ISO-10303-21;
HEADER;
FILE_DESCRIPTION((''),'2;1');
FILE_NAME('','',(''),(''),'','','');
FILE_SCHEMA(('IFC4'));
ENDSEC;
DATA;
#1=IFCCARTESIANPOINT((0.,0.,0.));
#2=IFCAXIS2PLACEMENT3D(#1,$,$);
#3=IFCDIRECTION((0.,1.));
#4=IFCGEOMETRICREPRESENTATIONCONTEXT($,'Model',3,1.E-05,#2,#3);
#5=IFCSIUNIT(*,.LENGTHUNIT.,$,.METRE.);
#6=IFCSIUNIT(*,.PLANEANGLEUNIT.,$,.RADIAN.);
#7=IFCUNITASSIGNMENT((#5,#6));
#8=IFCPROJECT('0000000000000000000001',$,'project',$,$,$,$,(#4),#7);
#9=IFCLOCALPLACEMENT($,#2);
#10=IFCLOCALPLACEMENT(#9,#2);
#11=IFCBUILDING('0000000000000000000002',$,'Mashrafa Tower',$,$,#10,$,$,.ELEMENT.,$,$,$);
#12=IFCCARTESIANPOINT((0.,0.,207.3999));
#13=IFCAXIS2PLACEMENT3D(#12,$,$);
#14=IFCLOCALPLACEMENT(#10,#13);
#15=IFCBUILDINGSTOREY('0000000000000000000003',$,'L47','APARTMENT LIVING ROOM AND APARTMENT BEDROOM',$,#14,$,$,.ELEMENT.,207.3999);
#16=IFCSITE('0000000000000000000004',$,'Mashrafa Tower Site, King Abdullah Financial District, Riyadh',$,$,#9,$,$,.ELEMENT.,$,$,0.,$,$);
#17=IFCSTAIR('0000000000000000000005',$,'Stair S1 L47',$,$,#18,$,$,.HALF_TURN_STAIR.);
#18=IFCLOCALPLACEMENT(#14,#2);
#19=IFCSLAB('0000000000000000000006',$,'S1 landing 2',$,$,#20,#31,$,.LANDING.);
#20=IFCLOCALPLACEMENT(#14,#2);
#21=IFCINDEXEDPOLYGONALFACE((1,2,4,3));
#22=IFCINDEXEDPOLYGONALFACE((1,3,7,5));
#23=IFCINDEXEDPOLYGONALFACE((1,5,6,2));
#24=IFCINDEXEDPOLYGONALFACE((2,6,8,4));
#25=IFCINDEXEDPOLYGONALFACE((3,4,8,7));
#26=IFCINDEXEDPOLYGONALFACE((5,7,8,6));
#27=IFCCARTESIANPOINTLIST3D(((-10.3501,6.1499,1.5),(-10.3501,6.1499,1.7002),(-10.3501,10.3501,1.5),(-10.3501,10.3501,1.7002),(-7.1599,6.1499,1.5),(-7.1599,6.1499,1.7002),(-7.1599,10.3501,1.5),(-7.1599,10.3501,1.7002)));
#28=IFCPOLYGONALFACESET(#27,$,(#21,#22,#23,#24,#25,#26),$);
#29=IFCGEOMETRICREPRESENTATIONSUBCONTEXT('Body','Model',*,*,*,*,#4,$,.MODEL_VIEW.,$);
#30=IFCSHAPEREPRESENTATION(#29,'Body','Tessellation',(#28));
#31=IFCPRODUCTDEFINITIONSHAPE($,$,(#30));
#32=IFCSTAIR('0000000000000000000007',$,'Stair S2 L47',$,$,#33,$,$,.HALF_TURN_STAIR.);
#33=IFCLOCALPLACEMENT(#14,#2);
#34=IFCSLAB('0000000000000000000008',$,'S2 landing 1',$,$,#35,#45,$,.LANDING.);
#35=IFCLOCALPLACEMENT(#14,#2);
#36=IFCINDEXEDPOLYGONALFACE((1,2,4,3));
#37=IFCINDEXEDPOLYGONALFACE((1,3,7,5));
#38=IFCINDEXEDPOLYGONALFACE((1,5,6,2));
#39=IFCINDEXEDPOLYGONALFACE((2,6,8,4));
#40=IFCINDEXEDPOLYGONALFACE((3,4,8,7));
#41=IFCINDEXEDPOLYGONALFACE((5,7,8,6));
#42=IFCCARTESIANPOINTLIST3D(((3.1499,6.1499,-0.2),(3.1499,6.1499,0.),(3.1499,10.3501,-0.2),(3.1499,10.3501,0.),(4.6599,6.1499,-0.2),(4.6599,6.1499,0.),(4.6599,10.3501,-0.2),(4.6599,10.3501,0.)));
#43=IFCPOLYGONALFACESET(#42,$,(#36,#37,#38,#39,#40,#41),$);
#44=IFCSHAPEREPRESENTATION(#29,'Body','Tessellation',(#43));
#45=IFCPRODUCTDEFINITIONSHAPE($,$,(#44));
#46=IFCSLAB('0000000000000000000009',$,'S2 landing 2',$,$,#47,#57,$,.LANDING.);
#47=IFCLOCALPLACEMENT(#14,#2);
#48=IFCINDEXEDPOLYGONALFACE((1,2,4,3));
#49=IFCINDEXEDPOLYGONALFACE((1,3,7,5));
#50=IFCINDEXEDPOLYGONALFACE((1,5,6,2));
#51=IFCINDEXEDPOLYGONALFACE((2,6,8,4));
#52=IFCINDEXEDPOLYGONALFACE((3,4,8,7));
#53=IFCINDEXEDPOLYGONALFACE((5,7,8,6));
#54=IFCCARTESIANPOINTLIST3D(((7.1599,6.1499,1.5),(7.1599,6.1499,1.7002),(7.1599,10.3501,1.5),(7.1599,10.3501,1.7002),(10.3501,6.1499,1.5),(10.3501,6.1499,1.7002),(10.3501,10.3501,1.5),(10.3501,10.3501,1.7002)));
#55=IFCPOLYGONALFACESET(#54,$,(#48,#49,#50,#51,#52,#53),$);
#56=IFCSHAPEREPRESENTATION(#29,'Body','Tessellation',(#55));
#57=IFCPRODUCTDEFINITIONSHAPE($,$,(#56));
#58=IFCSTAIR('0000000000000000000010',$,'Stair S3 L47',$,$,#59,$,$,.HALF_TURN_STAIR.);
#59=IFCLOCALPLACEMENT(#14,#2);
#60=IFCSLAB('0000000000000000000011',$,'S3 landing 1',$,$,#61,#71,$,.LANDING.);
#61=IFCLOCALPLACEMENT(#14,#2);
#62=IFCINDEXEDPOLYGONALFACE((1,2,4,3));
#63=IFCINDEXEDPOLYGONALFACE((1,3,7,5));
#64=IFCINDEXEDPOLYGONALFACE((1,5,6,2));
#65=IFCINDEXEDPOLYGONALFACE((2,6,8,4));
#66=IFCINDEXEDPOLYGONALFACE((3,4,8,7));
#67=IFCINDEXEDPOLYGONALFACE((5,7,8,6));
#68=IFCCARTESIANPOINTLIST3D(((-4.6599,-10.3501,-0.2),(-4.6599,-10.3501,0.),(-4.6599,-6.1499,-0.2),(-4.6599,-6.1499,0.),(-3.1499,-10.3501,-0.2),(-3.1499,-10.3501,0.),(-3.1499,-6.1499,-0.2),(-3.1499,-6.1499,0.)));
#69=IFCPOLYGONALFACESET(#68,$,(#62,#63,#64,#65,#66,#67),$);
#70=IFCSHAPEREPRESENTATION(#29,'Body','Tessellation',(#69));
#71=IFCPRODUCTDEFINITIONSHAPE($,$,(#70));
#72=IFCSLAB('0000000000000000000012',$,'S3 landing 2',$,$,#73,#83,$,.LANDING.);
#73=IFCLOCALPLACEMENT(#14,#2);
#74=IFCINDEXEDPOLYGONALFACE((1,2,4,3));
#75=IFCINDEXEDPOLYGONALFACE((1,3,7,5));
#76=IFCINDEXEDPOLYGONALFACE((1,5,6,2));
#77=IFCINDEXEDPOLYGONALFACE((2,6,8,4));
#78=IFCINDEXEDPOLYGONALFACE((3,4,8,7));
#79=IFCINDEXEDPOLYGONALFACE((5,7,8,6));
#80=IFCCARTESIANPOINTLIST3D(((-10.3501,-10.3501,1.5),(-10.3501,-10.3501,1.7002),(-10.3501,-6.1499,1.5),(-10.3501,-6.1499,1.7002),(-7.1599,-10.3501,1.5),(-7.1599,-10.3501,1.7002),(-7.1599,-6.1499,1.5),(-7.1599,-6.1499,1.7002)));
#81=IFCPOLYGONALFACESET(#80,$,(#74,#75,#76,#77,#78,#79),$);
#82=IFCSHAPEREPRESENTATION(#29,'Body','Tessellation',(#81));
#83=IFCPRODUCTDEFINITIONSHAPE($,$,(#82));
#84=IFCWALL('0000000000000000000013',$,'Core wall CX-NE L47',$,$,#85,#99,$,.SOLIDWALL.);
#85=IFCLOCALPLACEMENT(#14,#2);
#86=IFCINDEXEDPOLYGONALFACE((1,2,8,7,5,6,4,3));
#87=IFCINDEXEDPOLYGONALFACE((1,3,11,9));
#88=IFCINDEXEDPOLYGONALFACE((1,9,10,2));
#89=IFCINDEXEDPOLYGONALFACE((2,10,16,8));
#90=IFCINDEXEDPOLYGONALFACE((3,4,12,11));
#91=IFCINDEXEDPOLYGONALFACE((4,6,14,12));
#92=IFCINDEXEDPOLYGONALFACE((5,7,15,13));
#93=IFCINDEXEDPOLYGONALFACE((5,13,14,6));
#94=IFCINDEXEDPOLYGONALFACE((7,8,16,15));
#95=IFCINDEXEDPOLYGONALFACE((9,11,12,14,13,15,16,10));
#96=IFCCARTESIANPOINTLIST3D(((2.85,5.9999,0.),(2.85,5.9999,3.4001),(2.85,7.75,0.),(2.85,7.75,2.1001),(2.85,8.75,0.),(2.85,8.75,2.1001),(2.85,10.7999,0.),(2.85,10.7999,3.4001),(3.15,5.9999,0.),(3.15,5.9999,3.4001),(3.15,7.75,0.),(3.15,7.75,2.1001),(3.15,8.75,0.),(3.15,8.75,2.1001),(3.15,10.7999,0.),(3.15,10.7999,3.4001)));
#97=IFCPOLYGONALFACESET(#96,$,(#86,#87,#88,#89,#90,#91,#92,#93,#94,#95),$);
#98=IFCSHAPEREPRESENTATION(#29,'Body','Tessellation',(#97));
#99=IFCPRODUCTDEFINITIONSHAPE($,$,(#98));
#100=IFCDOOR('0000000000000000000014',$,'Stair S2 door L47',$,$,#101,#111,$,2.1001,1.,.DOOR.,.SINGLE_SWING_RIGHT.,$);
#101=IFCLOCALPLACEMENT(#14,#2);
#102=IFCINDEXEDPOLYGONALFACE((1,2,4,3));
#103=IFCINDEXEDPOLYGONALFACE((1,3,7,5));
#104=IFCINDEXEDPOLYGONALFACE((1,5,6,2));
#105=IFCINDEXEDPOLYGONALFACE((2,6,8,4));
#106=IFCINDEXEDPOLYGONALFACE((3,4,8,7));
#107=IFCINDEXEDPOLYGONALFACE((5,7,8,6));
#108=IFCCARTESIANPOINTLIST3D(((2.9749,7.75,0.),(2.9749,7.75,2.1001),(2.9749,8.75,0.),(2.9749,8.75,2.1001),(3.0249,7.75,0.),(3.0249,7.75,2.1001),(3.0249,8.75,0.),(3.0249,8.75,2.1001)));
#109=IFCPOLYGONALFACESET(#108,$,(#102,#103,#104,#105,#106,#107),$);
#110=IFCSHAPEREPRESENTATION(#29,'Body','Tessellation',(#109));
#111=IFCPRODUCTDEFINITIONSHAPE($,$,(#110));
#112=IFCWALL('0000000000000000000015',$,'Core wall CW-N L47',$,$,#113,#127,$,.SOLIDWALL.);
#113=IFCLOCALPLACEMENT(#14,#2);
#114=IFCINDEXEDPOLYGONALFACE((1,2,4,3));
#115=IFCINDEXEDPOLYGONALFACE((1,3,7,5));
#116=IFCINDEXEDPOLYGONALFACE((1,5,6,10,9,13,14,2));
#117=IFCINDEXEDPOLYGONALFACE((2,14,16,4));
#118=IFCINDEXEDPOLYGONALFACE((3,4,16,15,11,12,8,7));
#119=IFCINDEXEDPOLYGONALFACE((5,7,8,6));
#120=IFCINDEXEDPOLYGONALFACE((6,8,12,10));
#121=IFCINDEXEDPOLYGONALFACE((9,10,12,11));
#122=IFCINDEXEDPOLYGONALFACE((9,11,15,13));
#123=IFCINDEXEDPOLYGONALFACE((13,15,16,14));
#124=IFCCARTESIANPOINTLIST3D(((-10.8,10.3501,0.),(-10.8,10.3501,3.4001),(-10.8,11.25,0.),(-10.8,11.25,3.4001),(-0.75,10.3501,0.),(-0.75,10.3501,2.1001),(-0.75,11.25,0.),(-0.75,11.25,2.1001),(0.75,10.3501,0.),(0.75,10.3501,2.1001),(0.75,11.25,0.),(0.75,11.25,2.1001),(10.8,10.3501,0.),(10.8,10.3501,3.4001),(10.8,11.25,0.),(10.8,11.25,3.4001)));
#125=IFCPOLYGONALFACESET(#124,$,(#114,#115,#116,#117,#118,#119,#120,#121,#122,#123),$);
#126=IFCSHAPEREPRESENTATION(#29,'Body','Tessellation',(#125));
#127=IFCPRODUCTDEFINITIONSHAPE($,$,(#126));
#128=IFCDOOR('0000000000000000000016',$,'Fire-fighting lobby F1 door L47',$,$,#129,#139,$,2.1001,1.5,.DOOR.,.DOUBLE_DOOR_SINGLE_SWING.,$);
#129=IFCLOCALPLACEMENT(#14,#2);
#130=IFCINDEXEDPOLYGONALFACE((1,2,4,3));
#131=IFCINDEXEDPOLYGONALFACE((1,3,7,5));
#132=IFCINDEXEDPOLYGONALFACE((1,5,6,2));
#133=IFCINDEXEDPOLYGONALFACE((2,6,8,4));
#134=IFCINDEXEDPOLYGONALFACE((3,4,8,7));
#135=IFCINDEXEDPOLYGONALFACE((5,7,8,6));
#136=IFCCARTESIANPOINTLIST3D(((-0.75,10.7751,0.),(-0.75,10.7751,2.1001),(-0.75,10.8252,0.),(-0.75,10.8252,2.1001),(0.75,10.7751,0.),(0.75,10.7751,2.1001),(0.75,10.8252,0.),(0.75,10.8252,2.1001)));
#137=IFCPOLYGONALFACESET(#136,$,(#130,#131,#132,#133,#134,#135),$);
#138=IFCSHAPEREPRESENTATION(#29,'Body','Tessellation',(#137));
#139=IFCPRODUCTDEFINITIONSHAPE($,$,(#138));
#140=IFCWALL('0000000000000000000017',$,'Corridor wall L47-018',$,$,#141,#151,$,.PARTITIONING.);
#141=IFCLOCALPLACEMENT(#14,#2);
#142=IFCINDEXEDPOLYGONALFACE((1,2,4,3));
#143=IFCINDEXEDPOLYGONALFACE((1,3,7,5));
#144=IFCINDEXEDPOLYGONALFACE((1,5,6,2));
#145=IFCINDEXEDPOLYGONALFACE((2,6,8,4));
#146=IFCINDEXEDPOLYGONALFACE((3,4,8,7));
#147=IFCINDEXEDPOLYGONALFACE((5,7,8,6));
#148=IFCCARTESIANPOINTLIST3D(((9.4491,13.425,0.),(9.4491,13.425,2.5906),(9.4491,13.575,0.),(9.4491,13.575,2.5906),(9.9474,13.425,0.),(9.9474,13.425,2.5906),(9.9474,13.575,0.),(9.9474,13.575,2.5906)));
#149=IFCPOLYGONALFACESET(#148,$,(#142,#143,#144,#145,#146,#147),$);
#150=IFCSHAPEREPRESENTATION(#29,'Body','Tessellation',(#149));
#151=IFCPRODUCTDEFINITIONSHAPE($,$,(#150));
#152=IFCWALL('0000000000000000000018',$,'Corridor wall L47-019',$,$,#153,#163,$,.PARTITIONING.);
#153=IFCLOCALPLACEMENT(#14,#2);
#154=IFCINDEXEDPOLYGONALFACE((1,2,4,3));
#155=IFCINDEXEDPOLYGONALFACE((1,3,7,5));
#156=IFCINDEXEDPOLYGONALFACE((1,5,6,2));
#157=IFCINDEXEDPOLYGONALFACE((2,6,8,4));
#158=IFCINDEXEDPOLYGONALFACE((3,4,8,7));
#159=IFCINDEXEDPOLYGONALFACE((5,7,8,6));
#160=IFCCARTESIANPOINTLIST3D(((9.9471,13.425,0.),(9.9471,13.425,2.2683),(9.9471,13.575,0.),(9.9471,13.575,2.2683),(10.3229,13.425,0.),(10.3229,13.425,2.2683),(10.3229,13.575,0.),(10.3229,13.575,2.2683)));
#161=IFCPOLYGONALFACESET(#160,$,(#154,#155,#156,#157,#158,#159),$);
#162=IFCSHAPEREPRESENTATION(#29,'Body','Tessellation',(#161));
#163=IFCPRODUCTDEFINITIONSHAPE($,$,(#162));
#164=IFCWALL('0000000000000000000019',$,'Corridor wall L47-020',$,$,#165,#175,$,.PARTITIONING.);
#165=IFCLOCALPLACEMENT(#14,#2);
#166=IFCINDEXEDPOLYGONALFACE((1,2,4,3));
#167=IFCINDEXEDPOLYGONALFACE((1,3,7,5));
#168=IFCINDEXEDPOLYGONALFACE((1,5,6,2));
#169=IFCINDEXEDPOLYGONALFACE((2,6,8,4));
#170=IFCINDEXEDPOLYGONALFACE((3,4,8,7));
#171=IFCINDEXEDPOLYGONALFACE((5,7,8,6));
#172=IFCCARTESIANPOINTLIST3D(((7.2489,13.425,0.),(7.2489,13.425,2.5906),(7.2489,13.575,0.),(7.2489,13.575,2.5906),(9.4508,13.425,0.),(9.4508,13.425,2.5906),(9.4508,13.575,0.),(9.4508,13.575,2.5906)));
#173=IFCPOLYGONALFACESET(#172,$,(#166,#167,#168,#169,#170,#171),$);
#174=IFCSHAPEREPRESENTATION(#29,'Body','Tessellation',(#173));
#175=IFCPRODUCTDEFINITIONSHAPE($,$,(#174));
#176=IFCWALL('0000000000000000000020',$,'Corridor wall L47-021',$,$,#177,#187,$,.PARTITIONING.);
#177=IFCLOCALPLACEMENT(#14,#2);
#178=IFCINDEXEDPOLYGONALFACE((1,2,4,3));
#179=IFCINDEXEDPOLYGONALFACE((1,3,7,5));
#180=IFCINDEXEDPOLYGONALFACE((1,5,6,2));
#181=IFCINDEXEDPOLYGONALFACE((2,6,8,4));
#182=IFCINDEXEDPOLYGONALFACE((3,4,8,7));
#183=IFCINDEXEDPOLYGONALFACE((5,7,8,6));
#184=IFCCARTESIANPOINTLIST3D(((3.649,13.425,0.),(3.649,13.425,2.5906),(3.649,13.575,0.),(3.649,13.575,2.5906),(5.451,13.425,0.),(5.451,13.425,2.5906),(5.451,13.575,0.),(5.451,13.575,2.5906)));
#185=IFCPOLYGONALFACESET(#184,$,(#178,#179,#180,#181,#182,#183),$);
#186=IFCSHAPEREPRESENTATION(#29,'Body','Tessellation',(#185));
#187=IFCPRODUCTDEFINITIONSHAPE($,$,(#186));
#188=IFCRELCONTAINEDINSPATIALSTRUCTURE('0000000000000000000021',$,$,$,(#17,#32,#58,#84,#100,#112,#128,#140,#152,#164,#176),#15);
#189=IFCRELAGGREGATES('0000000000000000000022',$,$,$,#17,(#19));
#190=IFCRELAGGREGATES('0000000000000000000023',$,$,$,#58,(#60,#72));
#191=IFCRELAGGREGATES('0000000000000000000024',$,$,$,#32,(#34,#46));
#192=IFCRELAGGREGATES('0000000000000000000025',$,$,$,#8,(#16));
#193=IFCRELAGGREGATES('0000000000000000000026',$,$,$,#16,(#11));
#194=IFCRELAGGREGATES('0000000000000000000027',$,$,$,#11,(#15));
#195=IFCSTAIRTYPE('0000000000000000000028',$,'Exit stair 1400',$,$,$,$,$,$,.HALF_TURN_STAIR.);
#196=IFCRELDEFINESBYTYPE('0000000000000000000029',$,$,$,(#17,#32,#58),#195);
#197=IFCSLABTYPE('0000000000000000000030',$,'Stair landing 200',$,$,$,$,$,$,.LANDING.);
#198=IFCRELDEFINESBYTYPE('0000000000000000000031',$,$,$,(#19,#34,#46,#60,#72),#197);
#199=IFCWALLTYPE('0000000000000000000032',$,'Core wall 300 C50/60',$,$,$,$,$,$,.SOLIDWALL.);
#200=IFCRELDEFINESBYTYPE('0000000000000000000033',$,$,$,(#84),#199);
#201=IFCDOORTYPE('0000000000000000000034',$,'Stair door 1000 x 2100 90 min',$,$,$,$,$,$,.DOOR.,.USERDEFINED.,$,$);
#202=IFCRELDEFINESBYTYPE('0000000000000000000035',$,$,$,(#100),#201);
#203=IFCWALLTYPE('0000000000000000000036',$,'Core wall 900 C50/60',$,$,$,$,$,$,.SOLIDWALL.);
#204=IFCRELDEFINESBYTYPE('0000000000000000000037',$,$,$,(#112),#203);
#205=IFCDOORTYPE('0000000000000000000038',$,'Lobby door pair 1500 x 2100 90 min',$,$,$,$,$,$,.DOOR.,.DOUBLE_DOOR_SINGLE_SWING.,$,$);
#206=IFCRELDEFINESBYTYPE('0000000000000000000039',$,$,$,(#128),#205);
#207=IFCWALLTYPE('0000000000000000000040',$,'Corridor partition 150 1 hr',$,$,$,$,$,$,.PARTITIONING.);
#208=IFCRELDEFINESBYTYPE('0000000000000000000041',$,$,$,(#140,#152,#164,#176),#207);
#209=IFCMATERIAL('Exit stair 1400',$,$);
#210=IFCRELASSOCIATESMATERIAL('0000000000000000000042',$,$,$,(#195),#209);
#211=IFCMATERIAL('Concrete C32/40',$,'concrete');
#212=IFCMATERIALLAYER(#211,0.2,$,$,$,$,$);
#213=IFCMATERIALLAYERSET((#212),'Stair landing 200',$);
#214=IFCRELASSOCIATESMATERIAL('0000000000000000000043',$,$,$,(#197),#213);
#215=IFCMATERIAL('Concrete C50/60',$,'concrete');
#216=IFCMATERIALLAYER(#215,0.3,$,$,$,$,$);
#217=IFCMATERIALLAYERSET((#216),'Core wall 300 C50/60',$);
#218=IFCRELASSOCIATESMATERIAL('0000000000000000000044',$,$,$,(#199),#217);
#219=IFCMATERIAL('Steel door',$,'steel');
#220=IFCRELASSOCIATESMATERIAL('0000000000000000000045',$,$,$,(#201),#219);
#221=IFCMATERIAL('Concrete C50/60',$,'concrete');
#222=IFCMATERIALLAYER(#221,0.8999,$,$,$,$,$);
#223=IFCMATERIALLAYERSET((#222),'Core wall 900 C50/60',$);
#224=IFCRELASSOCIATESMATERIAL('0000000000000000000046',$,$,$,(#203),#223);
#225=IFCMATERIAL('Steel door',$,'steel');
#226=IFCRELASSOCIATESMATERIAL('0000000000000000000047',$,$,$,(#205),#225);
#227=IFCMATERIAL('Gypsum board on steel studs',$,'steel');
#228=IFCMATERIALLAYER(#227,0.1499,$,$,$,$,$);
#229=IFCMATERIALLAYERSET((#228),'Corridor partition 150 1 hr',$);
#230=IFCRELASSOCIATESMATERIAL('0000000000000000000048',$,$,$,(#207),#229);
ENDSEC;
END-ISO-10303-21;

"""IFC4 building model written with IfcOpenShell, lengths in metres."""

from ifc_helpers import new_model, si_unit, direction, frame, frame_2d, origin, place, context, subcontext, project, spatial, polyline, rectangle, outline, extrude, material, layer, layer_set, type_object, element, fill, aggregate, save


model = new_model("IFC4")

# Units and contexts
model_context = context("Model", 3, precision=1e-05, world=origin(), true_north=direction((0.0, 1.0)))
body_context = subcontext(model_context, "Body", "Model", "MODEL_VIEW")
ifc_project = project(units=[si_unit("LENGTHUNIT", "METRE"), si_unit("PLANEANGLEUNIT", "RADIAN")], contexts=[model_context])

# Site, building, storey
site_placement = place(None, origin())
site = spatial("IfcSite", under=ifc_project, at=site_placement, Name="Mashrafa Tower Site, King Abdullah Financial District, Riyadh", CompositionType="ELEMENT", RefElevation=0.0)
building_placement = place(site_placement, origin())
building = spatial("IfcBuilding", under=site, at=building_placement, Name="Mashrafa Tower", CompositionType="ELEMENT")
storey_placement = place(building_placement, frame((0.0, 0.0, 207.3999)))
storey = spatial("IfcBuildingStorey", under=building, at=storey_placement, Name="L47", Description="APARTMENT LIVING ROOM AND APARTMENT BEDROOM", CompositionType="ELEMENT", Elevation=207.3999)

# Stair, slab
ifc_material_1 = material(Name="Exit stair 1400")
stair_type = type_object("IfcStairType", Name="Exit stair 1400", PredefinedType="HALF_TURN_STAIR", material=ifc_material_1)
stair_1_placement = place(storey_placement, origin())
stair_1 = element("IfcStair", 1, at=stair_1_placement, inside=storey, type_object=stair_type, Name="Stair S1 L47", PredefinedType="HALF_TURN_STAIR")
ifc_material_2 = material(Name="Concrete C32/40", Category="concrete")
ifc_layer_1 = layer(ifc_material_2, 0.2)
ifc_layer_set_1 = layer_set([ifc_layer_1], Name="Stair landing 200")
slab_type = type_object("IfcSlabType", Name="Stair landing 200", PredefinedType="LANDING", material=ifc_layer_set_1)
slab_1_placement = place(storey_placement, frame((0.0, 0.0, 1.5)))
slab_1 = element("IfcSlab", 2, at=slab_1_placement, type_object=slab_type, Name="S1 landing 2", PredefinedType="LANDING", context=body_context, shape_type="SweptSolid", body=[
    extrude(outline(polyline([(-10.3501, 6.1499), (-7.1599, 6.1499), (-7.1599, 10.3501), (-10.3501, 10.3501), (-10.3501, 6.1499)])), origin(), (0.0, 0.0, 1.0), 0.2002),
])
aggregate(stair_1, [slab_1])

# Stairs, slabs
stair_2_placement = place(storey_placement, origin())
stair_2 = element("IfcStair", 3, at=stair_2_placement, inside=storey, type_object=stair_type, Name="Stair S2 L47", PredefinedType="HALF_TURN_STAIR")
slab_2_placement = place(storey_placement, frame((0.0, 0.0, -0.2)))
slab_2 = element("IfcSlab", 4, at=slab_2_placement, type_object=slab_type, Name="S2 landing 1", PredefinedType="LANDING", context=body_context, shape_type="SweptSolid", body=[
    extrude(outline(polyline([(3.1499, 6.1499), (4.6599, 6.1499), (4.6599, 10.3501), (3.1499, 10.3501), (3.1499, 6.1499)])), origin(), (0.0, 0.0, 1.0), 0.2),
])
slab_3_placement = place(storey_placement, frame((0.0, 0.0, 1.5)))
slab_3 = element("IfcSlab", 5, at=slab_3_placement, type_object=slab_type, Name="S2 landing 2", PredefinedType="LANDING", context=body_context, shape_type="SweptSolid", body=[
    extrude(outline(polyline([(7.1599, 6.1499), (10.3501, 6.1499), (10.3501, 10.3501), (7.1599, 10.3501), (7.1599, 6.1499)])), origin(), (0.0, 0.0, 1.0), 0.2002),
])
stair_3_placement = place(storey_placement, origin())
stair_3 = element("IfcStair", 6, at=stair_3_placement, inside=storey, type_object=stair_type, Name="Stair S3 L47", PredefinedType="HALF_TURN_STAIR")
slab_4_placement = place(storey_placement, frame((0.0, 0.0, -0.2)))
slab_4 = element("IfcSlab", 7, at=slab_4_placement, type_object=slab_type, Name="S3 landing 1", PredefinedType="LANDING", context=body_context, shape_type="SweptSolid", body=[
    extrude(outline(polyline([(-4.6599, -10.3501), (-3.1499, -10.3501), (-3.1499, -6.1499), (-4.6599, -6.1499), (-4.6599, -10.3501)])), origin(), (0.0, 0.0, 1.0), 0.2),
])
slab_5_placement = place(storey_placement, frame((0.0, 0.0, 1.5)))
slab_5 = element("IfcSlab", 8, at=slab_5_placement, type_object=slab_type, Name="S3 landing 2", PredefinedType="LANDING", context=body_context, shape_type="SweptSolid", body=[
    extrude(outline(polyline([(-10.3501, -10.3501), (-7.1599, -10.3501), (-7.1599, -6.1499), (-10.3501, -6.1499), (-10.3501, -10.3501)])), origin(), (0.0, 0.0, 1.0), 0.2002),
])
aggregate(stair_3, [slab_4, slab_5])

# Walls, openings, doors
ifc_material_3 = material(Name="Concrete C50/60", Category="concrete")
ifc_layer_2 = layer(ifc_material_3, 0.3)
ifc_layer_set_2 = layer_set([ifc_layer_2], Name="Core wall 300 C50/60")
wall_type_1 = type_object("IfcWallType", Name="Core wall 300 C50/60", PredefinedType="SOLIDWALL", material=ifc_layer_set_2)
wall_1_placement = place(storey_placement, frame((3.0, 6.0, 0.0), z_axis=(0.0, 0.0, 1.0), x_axis=(0.0, 1.0, 0.0)))
wall_1 = element("IfcWall", 9, at=wall_1_placement, inside=storey, type_object=wall_type_1, Name="Core wall CX-NE L47", PredefinedType="SOLIDWALL", context=body_context, shape_type="SweptSolid", body=[
    extrude(rectangle(XDim=4.8, YDim=0.3, at=frame_2d((2.3999, 0.0))), origin(), (0.0, 0.0, 1.0), 3.4001),
])
opening_1_placement = place(wall_1_placement, frame((1.75, 0.0, 0.0)))
opening_1 = element("IfcOpeningElement", 10, at=opening_1_placement, cuts=wall_1, PredefinedType="OPENING", context=body_context, shape_type="SweptSolid", body=[
    extrude(rectangle(XDim=1.0, YDim=2.1001, at=frame_2d((0.5, 1.05))), frame((0.0, 0.1599, 0.0), z_axis=(0.0, -1.0, 0.0), x_axis=(1.0, 0.0, 0.0)), (0.0, 0.0, 1.0), 0.3201),
])
ifc_material_4 = material(Name="Steel door", Category="steel")
door_type_1 = type_object("IfcDoorType", Name="Stair door 1000 x 2100 90 min", OperationType="USERDEFINED", PredefinedType="DOOR", material=ifc_material_4)
door_1_placement = place(opening_1_placement, frame((1.0, 0.0, 0.0), z_axis=(0.0, 0.0, 1.0), x_axis=(-1.0, 0.0, 0.0)))
door_1 = element("IfcDoor", 11, at=door_1_placement, inside=storey, type_object=door_type_1, Name="Stair S2 door L47", OperationType="SINGLE_SWING_RIGHT", OverallHeight=2.1001, OverallWidth=1.0, PredefinedType="DOOR", context=body_context, shape_type="SweptSolid", body=[
    extrude(rectangle(XDim=1.0, YDim=2.1001, at=frame_2d((0.5, 1.05))), frame((0.0, 0.0249, 0.0), z_axis=(0.0, -1.0, 0.0), x_axis=(1.0, 0.0, 0.0)), (0.0, 0.0, 1.0), 0.05),
])
fill(opening_1, door_1)
ifc_material_5 = material(Name="Concrete C50/60", Category="concrete")
ifc_layer_3 = layer(ifc_material_5, 0.8999)
ifc_layer_set_3 = layer_set([ifc_layer_3], Name="Core wall 900 C50/60")
wall_type_2 = type_object("IfcWallType", Name="Core wall 900 C50/60", PredefinedType="SOLIDWALL", material=ifc_layer_set_3)
wall_2_placement = place(storey_placement, frame((10.8, 10.8, 0.0), z_axis=(0.0, 0.0, 1.0), x_axis=(-1.0, 0.0, 0.0)))
wall_2 = element("IfcWall", 12, at=wall_2_placement, inside=storey, type_object=wall_type_2, Name="Core wall CW-N L47", PredefinedType="SOLIDWALL", context=body_context, shape_type="SweptSolid", body=[
    extrude(rectangle(XDim=21.6001, YDim=0.8999, at=frame_2d((10.8, 0.0))), origin(), (0.0, 0.0, 1.0), 3.4001),
])
opening_2_placement = place(wall_2_placement, frame((10.05, 0.0, 0.0)))
opening_2 = element("IfcOpeningElement", 13, at=opening_2_placement, cuts=wall_2, PredefinedType="OPENING", context=body_context, shape_type="SweptSolid", body=[
    extrude(rectangle(XDim=1.5, YDim=2.1001, at=frame_2d((0.75, 1.05))), frame((0.0, 0.46, 0.0), z_axis=(0.0, -1.0, 0.0), x_axis=(1.0, 0.0, 0.0)), (0.0, 0.0, 1.0), 0.9199),
])
ifc_material_6 = material(Name="Steel door", Category="steel")
door_type_2 = type_object("IfcDoorType", Name="Lobby door pair 1500 x 2100 90 min", OperationType="DOUBLE_DOOR_SINGLE_SWING", PredefinedType="DOOR", material=ifc_material_6)
door_2_placement = place(opening_2_placement, origin())
door_2 = element("IfcDoor", 14, at=door_2_placement, inside=storey, type_object=door_type_2, Name="Fire-fighting lobby F1 door L47", OperationType="DOUBLE_DOOR_SINGLE_SWING", OverallHeight=2.1001, OverallWidth=1.5, PredefinedType="DOOR", context=body_context, shape_type="SweptSolid", body=[
    extrude(rectangle(XDim=1.5, YDim=2.1001, at=frame_2d((0.75, 1.05))), frame((0.0, 0.0249, 0.0), z_axis=(0.0, -1.0, 0.0), x_axis=(1.0, 0.0, 0.0)), (0.0, 0.0, 1.0), 0.05),
])
fill(opening_2, door_2)

# Walls
ifc_material_7 = material(Name="Gypsum board on steel studs", Category="steel")
ifc_layer_4 = layer(ifc_material_7, 0.1499)
ifc_layer_set_4 = layer_set([ifc_layer_4], Name="Corridor partition 150 1 hr")
wall_type_3 = type_object("IfcWallType", Name="Corridor partition 150 1 hr", PredefinedType="PARTITIONING", material=ifc_layer_set_4)
wall_3_placement = place(storey_placement, frame((9.9473, 13.5, 0.0), z_axis=(0.0, 0.0, 1.0), x_axis=(-1.0, 0.0, 0.0)))
element("IfcWall", 15, at=wall_3_placement, inside=storey, type_object=wall_type_3, Name="Corridor wall L47-018", PredefinedType="PARTITIONING", context=body_context, shape_type="SweptSolid", body=[
    extrude(rectangle(XDim=0.4983, YDim=0.1499, at=frame_2d((0.249, 0.0))), origin(), (0.0, 0.0, 1.0), 2.5906),
])
wall_4_placement = place(storey_placement, frame((10.323, 13.5, 0.0), z_axis=(0.0, 0.0, 1.0), x_axis=(-1.0, 0.0, 0.0)))
element("IfcWall", 16, at=wall_4_placement, inside=storey, type_object=wall_type_3, Name="Corridor wall L47-019", PredefinedType="PARTITIONING", context=body_context, shape_type="SweptSolid", body=[
    extrude(rectangle(XDim=0.3757, YDim=0.1499, at=frame_2d((0.188, 0.0))), origin(), (0.0, 0.0, 1.0), 2.2683),
])
wall_5_placement = place(storey_placement, frame((9.4509, 13.5, 0.0), z_axis=(0.0, 0.0, 1.0), x_axis=(-1.0, 0.0, 0.0)))
element("IfcWall", 17, at=wall_5_placement, inside=storey, type_object=wall_type_3, Name="Corridor wall L47-020", PredefinedType="PARTITIONING", context=body_context, shape_type="SweptSolid", body=[
    extrude(rectangle(XDim=2.2019, YDim=0.1499, at=frame_2d((1.1011, 0.0))), origin(), (0.0, 0.0, 1.0), 2.5906),
])
wall_6_placement = place(storey_placement, frame((5.4509, 13.5, 0.0), z_axis=(0.0, 0.0, 1.0), x_axis=(-1.0, 0.0, 0.0)))
element("IfcWall", 18, at=wall_6_placement, inside=storey, type_object=wall_type_3, Name="Corridor wall L47-021", PredefinedType="PARTITIONING", context=body_context, shape_type="SweptSolid", body=[
    extrude(rectangle(XDim=1.802, YDim=0.1499, at=frame_2d((0.9009, 0.0))), origin(), (0.0, 0.0, 1.0), 2.5906),
])

aggregate(stair_2, [slab_2, slab_3])

save(model, "model.ifc")
